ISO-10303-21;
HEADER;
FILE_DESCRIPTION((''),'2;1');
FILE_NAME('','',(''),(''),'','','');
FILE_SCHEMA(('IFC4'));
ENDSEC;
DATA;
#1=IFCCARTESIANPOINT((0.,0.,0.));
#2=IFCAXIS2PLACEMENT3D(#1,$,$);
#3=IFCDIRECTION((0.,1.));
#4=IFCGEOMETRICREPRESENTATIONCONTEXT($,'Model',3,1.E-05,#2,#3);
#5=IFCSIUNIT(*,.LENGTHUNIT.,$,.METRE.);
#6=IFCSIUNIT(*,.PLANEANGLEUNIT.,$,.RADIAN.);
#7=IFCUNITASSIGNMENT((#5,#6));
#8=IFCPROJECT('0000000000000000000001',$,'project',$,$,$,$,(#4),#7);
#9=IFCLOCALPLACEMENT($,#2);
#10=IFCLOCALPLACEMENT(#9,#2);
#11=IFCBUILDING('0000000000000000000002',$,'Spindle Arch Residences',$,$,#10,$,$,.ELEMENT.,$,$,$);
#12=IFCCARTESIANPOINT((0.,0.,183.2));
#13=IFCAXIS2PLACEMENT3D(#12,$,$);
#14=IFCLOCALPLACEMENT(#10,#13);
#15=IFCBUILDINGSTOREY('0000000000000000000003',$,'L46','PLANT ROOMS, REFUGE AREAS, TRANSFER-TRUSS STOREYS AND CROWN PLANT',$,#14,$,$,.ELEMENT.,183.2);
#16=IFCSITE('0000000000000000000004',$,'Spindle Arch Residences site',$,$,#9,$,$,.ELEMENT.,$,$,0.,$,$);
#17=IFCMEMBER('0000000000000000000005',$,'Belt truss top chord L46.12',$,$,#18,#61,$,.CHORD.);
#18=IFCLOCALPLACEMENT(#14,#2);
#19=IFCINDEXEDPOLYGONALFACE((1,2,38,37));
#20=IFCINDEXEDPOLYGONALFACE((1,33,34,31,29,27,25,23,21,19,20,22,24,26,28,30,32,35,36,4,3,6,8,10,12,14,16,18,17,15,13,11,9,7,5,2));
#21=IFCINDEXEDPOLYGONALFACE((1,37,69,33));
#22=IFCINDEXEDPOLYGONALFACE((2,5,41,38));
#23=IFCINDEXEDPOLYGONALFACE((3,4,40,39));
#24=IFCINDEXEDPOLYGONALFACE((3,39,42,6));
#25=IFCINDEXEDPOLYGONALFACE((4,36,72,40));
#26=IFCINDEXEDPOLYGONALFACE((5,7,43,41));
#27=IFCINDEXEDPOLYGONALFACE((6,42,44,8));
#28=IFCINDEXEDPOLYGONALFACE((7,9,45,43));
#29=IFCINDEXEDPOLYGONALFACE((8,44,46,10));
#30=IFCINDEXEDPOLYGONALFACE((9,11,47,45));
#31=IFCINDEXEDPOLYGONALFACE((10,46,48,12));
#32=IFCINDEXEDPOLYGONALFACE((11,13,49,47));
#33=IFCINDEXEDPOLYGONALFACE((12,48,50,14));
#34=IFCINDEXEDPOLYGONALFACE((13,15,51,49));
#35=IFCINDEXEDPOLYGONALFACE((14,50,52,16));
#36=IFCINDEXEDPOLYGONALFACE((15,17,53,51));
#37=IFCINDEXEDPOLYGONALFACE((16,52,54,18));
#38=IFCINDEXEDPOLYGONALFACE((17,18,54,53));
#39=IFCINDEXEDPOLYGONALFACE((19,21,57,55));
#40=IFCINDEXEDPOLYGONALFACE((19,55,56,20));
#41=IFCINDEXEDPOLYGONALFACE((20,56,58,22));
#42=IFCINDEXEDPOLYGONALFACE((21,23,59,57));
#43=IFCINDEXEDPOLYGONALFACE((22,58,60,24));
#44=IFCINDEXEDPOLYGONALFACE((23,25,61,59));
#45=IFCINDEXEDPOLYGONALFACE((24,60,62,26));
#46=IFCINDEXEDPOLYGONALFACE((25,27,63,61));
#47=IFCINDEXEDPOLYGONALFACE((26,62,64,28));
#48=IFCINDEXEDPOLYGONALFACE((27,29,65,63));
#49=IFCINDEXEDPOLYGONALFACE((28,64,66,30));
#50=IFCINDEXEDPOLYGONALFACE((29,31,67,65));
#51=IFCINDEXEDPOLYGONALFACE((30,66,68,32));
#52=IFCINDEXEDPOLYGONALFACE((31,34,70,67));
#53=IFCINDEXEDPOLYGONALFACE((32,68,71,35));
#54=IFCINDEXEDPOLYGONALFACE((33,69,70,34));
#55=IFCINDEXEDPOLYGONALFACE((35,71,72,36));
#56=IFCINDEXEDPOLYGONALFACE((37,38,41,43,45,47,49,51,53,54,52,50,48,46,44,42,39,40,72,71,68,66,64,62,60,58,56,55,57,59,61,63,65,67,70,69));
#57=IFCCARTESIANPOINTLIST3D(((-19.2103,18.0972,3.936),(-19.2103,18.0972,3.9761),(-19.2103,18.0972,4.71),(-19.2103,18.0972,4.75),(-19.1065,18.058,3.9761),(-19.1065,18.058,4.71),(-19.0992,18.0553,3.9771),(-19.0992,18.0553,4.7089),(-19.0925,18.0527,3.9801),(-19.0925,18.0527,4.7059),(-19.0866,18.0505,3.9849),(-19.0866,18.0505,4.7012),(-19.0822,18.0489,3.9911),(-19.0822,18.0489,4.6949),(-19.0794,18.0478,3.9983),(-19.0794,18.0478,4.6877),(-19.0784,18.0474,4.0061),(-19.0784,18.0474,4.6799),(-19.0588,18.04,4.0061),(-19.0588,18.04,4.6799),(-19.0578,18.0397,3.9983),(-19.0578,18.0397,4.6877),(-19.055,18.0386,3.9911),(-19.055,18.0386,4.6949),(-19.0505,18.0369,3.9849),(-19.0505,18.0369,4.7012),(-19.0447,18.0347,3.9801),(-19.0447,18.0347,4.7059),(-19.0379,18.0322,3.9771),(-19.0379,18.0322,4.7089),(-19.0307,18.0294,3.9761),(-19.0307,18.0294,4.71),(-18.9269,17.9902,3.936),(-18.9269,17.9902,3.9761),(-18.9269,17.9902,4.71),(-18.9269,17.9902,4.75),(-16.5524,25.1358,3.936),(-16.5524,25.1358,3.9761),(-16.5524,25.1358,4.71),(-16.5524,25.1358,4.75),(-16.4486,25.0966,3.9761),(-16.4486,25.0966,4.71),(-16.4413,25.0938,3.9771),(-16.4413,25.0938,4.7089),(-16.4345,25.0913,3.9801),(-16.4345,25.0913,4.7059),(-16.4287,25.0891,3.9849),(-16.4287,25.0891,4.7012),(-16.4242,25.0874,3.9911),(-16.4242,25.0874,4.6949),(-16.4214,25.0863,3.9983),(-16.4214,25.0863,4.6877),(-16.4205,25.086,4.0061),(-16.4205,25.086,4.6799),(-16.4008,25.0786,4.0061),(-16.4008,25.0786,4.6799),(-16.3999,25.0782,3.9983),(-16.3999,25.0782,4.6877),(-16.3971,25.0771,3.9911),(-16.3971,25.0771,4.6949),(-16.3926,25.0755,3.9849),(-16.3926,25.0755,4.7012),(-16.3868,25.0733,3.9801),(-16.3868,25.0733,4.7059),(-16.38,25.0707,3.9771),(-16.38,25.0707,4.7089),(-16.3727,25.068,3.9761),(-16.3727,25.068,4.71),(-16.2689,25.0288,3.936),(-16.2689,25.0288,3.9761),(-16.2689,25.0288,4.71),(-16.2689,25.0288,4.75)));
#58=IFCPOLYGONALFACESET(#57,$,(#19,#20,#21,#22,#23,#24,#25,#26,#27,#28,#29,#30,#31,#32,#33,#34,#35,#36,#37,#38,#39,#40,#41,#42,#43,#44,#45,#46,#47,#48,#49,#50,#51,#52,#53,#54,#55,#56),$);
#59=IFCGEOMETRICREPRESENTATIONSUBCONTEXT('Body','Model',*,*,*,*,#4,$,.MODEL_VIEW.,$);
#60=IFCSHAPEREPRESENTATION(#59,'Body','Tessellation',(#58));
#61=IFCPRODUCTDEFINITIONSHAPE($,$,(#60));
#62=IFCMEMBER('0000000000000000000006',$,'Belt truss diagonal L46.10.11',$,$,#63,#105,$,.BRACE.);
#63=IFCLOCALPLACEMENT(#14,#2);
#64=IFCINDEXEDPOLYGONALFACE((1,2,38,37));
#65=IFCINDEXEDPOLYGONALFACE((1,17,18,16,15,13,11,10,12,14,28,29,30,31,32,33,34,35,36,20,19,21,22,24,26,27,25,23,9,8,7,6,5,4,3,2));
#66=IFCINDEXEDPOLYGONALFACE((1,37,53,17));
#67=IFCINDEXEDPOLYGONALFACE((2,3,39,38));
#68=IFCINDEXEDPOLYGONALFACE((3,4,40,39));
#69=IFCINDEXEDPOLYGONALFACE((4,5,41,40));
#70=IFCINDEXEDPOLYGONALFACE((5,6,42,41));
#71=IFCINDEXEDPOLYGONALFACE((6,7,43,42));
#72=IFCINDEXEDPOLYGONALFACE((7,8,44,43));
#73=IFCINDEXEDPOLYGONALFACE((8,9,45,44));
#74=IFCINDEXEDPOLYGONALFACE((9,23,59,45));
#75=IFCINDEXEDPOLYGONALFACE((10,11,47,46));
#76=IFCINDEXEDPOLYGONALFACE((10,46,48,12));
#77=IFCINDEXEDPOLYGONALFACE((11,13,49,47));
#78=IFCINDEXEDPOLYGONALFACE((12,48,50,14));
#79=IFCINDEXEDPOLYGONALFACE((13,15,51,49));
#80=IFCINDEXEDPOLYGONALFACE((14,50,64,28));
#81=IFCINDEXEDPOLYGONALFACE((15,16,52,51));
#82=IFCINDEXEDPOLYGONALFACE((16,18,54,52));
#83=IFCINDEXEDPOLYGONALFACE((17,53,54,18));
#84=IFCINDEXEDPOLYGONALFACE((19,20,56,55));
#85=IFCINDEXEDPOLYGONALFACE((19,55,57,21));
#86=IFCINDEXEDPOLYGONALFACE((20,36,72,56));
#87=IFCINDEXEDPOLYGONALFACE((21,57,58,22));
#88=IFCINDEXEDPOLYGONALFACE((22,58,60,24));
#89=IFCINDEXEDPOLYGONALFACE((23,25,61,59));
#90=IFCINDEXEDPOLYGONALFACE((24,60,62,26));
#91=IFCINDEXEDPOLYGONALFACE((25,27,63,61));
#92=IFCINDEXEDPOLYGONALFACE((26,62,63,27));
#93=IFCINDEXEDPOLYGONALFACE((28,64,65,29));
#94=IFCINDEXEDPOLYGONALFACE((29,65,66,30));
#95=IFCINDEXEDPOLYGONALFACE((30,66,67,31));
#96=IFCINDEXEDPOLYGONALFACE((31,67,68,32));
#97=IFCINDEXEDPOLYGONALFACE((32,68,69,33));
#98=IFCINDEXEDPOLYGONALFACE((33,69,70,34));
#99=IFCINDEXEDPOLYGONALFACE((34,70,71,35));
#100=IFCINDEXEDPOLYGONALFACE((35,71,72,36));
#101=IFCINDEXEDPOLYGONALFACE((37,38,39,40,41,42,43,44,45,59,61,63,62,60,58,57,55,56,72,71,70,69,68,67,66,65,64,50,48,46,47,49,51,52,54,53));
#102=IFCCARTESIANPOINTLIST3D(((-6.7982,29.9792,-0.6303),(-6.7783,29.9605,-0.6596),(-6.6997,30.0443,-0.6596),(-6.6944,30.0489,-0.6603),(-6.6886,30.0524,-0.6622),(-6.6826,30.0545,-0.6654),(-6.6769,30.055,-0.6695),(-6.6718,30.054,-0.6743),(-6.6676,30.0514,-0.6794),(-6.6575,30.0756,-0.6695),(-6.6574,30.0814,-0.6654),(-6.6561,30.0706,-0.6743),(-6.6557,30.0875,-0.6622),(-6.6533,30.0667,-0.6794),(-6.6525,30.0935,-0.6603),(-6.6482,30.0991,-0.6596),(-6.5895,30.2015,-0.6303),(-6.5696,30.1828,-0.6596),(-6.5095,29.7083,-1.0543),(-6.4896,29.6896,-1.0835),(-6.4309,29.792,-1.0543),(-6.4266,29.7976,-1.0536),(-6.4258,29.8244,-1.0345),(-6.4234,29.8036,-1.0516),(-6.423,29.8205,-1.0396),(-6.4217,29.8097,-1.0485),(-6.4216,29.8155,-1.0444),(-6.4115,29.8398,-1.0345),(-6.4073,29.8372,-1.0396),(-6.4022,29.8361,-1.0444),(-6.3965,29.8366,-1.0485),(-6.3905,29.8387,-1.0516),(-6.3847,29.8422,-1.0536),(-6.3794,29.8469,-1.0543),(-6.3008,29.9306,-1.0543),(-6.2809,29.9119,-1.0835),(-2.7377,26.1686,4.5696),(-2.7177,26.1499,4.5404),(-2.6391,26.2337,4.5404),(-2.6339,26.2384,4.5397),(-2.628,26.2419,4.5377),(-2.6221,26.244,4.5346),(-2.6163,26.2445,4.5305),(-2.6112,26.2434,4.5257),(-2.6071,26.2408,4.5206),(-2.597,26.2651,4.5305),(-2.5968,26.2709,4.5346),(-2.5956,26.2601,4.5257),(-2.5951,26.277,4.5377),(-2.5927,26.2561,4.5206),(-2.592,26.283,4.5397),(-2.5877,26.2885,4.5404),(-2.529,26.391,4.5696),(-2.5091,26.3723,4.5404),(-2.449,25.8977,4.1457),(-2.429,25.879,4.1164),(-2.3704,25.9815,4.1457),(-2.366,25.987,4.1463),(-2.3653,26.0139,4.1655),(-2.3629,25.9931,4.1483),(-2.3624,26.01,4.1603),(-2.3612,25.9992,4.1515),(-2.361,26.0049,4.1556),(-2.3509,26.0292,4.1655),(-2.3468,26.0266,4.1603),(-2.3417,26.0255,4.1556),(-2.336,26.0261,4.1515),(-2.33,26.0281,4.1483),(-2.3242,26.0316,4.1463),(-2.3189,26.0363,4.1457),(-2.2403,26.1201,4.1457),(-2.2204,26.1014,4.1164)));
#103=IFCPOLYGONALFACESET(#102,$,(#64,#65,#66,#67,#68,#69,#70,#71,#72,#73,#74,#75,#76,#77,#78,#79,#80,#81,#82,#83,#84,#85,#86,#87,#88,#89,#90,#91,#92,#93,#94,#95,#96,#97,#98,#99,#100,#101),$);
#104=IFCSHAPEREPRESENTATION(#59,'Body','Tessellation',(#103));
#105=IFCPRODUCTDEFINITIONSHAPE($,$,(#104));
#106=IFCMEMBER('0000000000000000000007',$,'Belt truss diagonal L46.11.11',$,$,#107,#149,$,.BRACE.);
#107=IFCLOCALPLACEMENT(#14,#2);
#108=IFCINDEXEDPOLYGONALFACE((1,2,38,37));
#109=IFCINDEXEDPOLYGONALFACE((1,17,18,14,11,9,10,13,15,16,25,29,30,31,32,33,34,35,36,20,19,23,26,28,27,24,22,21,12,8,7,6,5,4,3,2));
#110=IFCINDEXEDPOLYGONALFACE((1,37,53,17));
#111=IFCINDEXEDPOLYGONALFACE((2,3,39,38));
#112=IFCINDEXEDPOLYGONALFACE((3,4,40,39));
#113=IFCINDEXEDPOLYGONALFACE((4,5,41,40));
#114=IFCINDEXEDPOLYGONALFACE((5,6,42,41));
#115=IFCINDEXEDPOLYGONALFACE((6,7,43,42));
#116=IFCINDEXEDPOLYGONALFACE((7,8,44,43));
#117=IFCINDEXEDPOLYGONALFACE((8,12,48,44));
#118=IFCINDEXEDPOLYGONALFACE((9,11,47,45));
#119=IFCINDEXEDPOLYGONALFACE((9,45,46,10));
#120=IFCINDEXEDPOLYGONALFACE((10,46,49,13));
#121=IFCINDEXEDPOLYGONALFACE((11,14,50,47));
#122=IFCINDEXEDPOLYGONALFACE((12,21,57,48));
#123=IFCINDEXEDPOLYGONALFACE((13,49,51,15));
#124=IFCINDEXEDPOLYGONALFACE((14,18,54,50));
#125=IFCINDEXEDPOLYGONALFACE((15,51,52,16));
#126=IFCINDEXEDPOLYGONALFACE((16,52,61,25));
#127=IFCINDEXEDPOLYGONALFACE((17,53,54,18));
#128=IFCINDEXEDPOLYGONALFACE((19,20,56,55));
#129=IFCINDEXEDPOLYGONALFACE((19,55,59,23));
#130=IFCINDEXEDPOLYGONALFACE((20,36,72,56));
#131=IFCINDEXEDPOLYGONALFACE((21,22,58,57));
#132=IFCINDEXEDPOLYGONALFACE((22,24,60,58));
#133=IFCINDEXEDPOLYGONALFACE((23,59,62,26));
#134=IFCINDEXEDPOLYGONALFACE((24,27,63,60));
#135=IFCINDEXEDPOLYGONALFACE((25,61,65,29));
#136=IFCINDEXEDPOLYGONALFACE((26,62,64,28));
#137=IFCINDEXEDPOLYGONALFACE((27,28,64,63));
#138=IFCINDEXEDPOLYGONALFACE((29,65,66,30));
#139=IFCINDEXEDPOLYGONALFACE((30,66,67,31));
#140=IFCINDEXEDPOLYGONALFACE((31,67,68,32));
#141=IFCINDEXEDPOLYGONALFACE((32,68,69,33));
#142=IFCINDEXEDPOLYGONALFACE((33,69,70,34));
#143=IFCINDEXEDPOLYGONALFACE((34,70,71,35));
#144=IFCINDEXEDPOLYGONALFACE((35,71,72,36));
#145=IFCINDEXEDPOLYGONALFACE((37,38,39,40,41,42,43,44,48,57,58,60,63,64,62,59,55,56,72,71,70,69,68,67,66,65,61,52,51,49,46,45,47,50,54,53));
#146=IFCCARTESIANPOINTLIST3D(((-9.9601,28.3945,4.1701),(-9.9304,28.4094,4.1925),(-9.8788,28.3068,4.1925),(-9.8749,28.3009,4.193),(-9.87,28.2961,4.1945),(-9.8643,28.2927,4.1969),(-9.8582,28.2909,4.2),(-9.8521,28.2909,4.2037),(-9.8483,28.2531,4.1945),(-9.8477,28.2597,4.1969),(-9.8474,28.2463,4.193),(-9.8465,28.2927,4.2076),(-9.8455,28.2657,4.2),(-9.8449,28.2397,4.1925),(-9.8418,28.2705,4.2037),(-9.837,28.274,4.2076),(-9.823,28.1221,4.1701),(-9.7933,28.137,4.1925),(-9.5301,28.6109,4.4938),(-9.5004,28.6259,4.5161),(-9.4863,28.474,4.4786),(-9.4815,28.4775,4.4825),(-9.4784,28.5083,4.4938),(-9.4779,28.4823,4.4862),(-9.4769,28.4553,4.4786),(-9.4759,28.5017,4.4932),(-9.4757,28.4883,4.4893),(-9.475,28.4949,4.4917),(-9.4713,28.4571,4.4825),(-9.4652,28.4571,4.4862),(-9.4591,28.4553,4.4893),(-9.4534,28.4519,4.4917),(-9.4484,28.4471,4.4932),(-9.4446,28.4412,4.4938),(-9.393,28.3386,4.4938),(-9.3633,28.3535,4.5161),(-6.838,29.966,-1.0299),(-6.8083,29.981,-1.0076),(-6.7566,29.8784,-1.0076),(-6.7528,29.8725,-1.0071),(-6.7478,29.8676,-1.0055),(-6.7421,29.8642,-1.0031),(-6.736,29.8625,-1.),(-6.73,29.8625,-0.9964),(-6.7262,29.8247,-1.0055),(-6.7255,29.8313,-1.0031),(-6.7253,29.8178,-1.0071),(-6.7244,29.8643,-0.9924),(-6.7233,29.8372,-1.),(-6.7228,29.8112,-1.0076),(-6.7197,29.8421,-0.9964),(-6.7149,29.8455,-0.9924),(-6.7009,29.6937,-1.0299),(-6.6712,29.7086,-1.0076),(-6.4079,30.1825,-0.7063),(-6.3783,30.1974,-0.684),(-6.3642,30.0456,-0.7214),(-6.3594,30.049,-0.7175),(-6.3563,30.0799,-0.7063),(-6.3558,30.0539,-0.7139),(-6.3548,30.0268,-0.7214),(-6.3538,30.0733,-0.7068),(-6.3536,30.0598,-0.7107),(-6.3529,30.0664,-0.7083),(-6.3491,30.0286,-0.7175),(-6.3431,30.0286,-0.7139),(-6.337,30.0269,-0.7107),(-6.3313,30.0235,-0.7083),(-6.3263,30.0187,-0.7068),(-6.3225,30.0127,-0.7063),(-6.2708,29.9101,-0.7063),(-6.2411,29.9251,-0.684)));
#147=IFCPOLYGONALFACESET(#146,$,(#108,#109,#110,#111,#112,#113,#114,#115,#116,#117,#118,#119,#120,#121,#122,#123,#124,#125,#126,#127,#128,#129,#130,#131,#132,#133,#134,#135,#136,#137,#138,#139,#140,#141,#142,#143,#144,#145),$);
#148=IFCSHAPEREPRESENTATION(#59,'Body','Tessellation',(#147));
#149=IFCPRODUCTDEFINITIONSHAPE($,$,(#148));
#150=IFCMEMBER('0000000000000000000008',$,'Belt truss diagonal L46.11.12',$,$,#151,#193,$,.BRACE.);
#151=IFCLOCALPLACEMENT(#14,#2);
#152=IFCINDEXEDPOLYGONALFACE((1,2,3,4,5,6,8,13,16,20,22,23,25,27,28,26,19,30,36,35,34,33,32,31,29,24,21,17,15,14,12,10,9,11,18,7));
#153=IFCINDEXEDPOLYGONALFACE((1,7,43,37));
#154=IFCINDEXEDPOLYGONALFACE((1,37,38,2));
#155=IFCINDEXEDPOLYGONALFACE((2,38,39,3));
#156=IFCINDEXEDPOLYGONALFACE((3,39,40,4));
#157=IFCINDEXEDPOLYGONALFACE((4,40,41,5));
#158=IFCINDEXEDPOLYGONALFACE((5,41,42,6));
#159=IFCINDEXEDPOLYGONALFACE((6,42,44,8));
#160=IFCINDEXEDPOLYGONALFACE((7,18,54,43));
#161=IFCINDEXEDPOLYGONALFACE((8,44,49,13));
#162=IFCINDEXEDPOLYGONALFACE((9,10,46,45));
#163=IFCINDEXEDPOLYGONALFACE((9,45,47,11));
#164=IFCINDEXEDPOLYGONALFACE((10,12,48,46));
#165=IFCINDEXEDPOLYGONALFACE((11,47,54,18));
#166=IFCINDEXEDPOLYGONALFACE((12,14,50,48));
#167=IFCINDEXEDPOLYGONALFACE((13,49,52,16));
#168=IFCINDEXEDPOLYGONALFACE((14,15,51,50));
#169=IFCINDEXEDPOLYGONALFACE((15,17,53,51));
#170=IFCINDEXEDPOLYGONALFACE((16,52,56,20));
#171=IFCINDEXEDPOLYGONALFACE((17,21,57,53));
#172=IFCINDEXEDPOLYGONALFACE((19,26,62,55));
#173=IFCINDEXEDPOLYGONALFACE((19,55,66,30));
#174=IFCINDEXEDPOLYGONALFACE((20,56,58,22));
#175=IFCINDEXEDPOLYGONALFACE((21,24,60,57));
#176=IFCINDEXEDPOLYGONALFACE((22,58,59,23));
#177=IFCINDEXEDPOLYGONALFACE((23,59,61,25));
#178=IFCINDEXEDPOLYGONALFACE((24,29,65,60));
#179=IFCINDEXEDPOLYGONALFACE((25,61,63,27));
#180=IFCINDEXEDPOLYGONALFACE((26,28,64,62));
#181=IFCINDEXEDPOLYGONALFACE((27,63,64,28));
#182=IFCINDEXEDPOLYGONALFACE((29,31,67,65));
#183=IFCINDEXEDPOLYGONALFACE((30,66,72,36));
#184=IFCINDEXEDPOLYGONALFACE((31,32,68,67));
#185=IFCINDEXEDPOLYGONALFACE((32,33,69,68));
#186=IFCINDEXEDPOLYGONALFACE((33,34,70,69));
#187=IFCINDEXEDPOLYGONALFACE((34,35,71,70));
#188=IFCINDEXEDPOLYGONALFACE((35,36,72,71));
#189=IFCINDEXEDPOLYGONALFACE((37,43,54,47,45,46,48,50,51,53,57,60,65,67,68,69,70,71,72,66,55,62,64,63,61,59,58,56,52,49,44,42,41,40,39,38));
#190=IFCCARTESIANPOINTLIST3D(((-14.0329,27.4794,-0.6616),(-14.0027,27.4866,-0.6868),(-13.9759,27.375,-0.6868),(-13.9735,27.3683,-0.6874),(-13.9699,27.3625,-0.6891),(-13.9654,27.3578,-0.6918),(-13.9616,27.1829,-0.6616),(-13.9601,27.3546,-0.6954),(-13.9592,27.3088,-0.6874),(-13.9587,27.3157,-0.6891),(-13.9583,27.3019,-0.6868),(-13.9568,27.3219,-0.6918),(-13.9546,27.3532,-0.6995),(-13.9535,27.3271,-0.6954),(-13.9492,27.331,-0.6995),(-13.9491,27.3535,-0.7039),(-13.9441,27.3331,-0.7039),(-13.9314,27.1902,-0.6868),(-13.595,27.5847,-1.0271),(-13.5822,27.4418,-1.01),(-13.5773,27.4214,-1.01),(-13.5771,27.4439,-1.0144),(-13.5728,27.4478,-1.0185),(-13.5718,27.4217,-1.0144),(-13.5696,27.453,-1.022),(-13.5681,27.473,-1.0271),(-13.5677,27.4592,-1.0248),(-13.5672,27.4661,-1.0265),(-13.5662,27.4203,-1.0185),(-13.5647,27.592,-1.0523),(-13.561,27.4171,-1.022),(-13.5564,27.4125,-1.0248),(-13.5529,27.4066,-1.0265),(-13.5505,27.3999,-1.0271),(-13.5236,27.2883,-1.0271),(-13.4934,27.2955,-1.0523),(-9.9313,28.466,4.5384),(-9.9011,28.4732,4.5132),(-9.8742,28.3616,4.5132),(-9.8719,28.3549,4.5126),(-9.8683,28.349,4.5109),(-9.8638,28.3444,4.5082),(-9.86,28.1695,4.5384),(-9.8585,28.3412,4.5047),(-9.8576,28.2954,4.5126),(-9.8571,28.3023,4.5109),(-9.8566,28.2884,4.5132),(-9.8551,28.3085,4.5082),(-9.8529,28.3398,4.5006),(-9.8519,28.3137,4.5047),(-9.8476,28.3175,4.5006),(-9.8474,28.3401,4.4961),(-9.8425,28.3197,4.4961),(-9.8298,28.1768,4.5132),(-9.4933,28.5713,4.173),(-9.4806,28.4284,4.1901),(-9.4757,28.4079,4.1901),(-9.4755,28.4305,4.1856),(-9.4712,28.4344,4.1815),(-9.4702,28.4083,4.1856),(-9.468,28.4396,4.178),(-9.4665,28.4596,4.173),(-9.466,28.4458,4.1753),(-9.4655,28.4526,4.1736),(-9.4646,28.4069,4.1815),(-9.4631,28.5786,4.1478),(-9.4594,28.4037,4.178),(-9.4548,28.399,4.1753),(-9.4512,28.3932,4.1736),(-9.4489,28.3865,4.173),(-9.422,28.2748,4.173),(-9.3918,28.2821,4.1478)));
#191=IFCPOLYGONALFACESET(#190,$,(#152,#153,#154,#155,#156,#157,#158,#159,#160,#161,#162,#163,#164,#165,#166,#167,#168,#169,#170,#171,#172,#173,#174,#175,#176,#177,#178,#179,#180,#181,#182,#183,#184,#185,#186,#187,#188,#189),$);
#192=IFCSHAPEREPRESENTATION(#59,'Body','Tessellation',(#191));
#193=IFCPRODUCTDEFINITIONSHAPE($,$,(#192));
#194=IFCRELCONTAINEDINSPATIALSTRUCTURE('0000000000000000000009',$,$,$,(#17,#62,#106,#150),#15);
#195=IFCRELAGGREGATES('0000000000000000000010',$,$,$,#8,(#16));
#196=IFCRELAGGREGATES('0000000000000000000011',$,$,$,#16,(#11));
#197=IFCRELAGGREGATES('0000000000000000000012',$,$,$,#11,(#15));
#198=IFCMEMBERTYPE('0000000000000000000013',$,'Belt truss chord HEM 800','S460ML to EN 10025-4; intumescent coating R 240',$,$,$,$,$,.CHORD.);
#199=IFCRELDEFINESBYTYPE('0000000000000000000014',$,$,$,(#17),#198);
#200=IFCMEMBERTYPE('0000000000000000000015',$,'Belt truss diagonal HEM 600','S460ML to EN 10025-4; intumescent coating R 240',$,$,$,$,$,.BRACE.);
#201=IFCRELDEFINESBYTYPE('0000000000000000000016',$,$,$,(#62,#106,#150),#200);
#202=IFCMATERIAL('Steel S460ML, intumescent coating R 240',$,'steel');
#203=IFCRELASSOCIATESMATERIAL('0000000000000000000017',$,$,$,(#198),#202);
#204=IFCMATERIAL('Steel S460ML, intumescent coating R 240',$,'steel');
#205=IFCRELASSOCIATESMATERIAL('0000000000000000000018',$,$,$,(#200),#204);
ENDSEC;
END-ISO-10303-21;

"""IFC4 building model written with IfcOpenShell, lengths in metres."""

from ifc_helpers import new_model, si_unit, direction, frame, origin, origin_2d, place, context, subcontext, project, spatial, i_section, extrude, material, material_profile, profile_set, type_object, element, save


model = new_model("IFC4")

# Units and contexts
model_context = context("Model", 3, precision=1e-05, world=origin(), true_north=direction((0.0, 1.0)))
body_context = subcontext(model_context, "Body", "Model", "MODEL_VIEW")
ifc_project = project(units=[si_unit("LENGTHUNIT", "METRE"), si_unit("PLANEANGLEUNIT", "RADIAN")], contexts=[model_context])

# Site, building, storey
site_placement = place(None, origin())
site = spatial("IfcSite", under=ifc_project, at=site_placement, Name="Spindle Arch Residences site", CompositionType="ELEMENT", RefElevation=0.0)
building_placement = place(site_placement, origin())
building = spatial("IfcBuilding", under=site, at=building_placement, Name="Spindle Arch Residences", CompositionType="ELEMENT")
storey_placement = place(building_placement, frame((0.0, 0.0, 183.2)))
storey = spatial("IfcBuildingStorey", under=building, at=storey_placement, Name="L46", Description="PLANT ROOMS, REFUGE AREAS, TRANSFER-TRUSS STOREYS AND CROWN PLANT", CompositionType="ELEMENT", Elevation=183.2)

# Members
ifc_material_1 = material(Name="Steel S460ML, intumescent coating R 240", Category="steel")
ifc_material_profile_1 = material_profile(ifc_material_1, i_section(OverallWidth=0.303, OverallDepth=0.814, WebThickness=0.021, FlangeThickness=0.04, FilletRadius=0.03, at=origin_2d()), Name="HEM 800")
ifc_profile_set_1 = profile_set([ifc_material_profile_1], Name="Steel S460ML, intumescent coating R 240")
member_type_1 = type_object("IfcMemberType", Name="Belt truss chord HEM 800", Description="S460ML to EN 10025-4; intumescent coating R 240", PredefinedType="CHORD", material=ifc_profile_set_1)
member_1_placement = place(storey_placement, frame((-16.4106, 25.0823, 4.343), z_axis=(-0.353278, -0.935519, 0.0), x_axis=(0.935519, -0.353278, 0.0)))
element("IfcMember", 1, at=member_1_placement, inside=storey, type_object=member_type_1, Name="Belt truss top chord L46.12", PredefinedType="CHORD", context=body_context, shape_type="SweptSolid", body=[
    extrude(i_section(OverallWidth=0.303, OverallDepth=0.814, WebThickness=0.021, FlangeThickness=0.04, FilletRadius=0.03, at=origin_2d()), origin(), (0.0, 0.0, 1.0), 7.5237),
])
ifc_material_2 = material(Name="Steel S460ML, intumescent coating R 240", Category="steel")
ifc_material_profile_2 = material_profile(ifc_material_2, i_section(OverallWidth=0.3049, OverallDepth=0.6201, WebThickness=0.021, FlangeThickness=0.04, FilletRadius=0.0271, at=origin_2d()), Name="HEM 600")
ifc_profile_set_2 = profile_set([ifc_material_profile_2], Name="Steel S460ML, intumescent coating R 240")
member_type_2 = type_object("IfcMemberType", Name="Belt truss diagonal HEM 600", Description="S460ML to EN 10025-4; intumescent coating R 240", PredefinedType="BRACE", material=ifc_profile_set_2)
member_2_placement = place(storey_placement, frame((-6.5396, 29.9456, -0.8569), z_axis=(0.532956, -0.500143, 0.682506), x_axis=(0.684303, 0.729198, 0.0)))
element("IfcMember", 2, at=member_2_placement, inside=storey, type_object=member_type_2, Name="Belt truss diagonal L46.10.11", PredefinedType="BRACE", context=body_context, shape_type="SweptSolid", body=[
    extrude(i_section(OverallWidth=0.3049, OverallDepth=0.6201, WebThickness=0.021, FlangeThickness=0.04, FilletRadius=0.0271, at=origin_2d()), origin(), (0.0, 0.0, 1.0), 7.6189),
])
member_3_placement = place(storey_placement, frame((-6.5396, 29.9456, -0.8569), z_axis=(-0.498295, -0.250823, 0.829934), x_axis=(0.449615, -0.893223, 0.0)))
element("IfcMember", 3, at=member_3_placement, inside=storey, type_object=member_type_2, Name="Belt truss diagonal L46.11.11", PredefinedType="BRACE", context=body_context, shape_type="SweptSolid", body=[
    extrude(i_section(OverallWidth=0.3049, OverallDepth=0.6201, WebThickness=0.021, FlangeThickness=0.04, FilletRadius=0.0271, at=origin_2d()), origin(), (0.0, 0.0, 1.0), 6.2656),
])
member_4_placement = place(storey_placement, frame((-13.7632, 27.3875, -0.8569), z_axis=(0.612545, 0.147339, 0.776583), x_axis=(-0.233865, 0.972269, 0.0)))
element("IfcMember", 4, at=member_4_placement, inside=storey, type_object=member_type_2, Name="Belt truss diagonal L46.11.12", PredefinedType="BRACE", context=body_context, shape_type="SweptSolid", body=[
    extrude(i_section(OverallWidth=0.3049, OverallDepth=0.6201, WebThickness=0.021, FlangeThickness=0.04, FilletRadius=0.0271, at=origin_2d()), origin(), (0.0, 0.0, 1.0), 6.696),
])

save(model, "model.ifc")
